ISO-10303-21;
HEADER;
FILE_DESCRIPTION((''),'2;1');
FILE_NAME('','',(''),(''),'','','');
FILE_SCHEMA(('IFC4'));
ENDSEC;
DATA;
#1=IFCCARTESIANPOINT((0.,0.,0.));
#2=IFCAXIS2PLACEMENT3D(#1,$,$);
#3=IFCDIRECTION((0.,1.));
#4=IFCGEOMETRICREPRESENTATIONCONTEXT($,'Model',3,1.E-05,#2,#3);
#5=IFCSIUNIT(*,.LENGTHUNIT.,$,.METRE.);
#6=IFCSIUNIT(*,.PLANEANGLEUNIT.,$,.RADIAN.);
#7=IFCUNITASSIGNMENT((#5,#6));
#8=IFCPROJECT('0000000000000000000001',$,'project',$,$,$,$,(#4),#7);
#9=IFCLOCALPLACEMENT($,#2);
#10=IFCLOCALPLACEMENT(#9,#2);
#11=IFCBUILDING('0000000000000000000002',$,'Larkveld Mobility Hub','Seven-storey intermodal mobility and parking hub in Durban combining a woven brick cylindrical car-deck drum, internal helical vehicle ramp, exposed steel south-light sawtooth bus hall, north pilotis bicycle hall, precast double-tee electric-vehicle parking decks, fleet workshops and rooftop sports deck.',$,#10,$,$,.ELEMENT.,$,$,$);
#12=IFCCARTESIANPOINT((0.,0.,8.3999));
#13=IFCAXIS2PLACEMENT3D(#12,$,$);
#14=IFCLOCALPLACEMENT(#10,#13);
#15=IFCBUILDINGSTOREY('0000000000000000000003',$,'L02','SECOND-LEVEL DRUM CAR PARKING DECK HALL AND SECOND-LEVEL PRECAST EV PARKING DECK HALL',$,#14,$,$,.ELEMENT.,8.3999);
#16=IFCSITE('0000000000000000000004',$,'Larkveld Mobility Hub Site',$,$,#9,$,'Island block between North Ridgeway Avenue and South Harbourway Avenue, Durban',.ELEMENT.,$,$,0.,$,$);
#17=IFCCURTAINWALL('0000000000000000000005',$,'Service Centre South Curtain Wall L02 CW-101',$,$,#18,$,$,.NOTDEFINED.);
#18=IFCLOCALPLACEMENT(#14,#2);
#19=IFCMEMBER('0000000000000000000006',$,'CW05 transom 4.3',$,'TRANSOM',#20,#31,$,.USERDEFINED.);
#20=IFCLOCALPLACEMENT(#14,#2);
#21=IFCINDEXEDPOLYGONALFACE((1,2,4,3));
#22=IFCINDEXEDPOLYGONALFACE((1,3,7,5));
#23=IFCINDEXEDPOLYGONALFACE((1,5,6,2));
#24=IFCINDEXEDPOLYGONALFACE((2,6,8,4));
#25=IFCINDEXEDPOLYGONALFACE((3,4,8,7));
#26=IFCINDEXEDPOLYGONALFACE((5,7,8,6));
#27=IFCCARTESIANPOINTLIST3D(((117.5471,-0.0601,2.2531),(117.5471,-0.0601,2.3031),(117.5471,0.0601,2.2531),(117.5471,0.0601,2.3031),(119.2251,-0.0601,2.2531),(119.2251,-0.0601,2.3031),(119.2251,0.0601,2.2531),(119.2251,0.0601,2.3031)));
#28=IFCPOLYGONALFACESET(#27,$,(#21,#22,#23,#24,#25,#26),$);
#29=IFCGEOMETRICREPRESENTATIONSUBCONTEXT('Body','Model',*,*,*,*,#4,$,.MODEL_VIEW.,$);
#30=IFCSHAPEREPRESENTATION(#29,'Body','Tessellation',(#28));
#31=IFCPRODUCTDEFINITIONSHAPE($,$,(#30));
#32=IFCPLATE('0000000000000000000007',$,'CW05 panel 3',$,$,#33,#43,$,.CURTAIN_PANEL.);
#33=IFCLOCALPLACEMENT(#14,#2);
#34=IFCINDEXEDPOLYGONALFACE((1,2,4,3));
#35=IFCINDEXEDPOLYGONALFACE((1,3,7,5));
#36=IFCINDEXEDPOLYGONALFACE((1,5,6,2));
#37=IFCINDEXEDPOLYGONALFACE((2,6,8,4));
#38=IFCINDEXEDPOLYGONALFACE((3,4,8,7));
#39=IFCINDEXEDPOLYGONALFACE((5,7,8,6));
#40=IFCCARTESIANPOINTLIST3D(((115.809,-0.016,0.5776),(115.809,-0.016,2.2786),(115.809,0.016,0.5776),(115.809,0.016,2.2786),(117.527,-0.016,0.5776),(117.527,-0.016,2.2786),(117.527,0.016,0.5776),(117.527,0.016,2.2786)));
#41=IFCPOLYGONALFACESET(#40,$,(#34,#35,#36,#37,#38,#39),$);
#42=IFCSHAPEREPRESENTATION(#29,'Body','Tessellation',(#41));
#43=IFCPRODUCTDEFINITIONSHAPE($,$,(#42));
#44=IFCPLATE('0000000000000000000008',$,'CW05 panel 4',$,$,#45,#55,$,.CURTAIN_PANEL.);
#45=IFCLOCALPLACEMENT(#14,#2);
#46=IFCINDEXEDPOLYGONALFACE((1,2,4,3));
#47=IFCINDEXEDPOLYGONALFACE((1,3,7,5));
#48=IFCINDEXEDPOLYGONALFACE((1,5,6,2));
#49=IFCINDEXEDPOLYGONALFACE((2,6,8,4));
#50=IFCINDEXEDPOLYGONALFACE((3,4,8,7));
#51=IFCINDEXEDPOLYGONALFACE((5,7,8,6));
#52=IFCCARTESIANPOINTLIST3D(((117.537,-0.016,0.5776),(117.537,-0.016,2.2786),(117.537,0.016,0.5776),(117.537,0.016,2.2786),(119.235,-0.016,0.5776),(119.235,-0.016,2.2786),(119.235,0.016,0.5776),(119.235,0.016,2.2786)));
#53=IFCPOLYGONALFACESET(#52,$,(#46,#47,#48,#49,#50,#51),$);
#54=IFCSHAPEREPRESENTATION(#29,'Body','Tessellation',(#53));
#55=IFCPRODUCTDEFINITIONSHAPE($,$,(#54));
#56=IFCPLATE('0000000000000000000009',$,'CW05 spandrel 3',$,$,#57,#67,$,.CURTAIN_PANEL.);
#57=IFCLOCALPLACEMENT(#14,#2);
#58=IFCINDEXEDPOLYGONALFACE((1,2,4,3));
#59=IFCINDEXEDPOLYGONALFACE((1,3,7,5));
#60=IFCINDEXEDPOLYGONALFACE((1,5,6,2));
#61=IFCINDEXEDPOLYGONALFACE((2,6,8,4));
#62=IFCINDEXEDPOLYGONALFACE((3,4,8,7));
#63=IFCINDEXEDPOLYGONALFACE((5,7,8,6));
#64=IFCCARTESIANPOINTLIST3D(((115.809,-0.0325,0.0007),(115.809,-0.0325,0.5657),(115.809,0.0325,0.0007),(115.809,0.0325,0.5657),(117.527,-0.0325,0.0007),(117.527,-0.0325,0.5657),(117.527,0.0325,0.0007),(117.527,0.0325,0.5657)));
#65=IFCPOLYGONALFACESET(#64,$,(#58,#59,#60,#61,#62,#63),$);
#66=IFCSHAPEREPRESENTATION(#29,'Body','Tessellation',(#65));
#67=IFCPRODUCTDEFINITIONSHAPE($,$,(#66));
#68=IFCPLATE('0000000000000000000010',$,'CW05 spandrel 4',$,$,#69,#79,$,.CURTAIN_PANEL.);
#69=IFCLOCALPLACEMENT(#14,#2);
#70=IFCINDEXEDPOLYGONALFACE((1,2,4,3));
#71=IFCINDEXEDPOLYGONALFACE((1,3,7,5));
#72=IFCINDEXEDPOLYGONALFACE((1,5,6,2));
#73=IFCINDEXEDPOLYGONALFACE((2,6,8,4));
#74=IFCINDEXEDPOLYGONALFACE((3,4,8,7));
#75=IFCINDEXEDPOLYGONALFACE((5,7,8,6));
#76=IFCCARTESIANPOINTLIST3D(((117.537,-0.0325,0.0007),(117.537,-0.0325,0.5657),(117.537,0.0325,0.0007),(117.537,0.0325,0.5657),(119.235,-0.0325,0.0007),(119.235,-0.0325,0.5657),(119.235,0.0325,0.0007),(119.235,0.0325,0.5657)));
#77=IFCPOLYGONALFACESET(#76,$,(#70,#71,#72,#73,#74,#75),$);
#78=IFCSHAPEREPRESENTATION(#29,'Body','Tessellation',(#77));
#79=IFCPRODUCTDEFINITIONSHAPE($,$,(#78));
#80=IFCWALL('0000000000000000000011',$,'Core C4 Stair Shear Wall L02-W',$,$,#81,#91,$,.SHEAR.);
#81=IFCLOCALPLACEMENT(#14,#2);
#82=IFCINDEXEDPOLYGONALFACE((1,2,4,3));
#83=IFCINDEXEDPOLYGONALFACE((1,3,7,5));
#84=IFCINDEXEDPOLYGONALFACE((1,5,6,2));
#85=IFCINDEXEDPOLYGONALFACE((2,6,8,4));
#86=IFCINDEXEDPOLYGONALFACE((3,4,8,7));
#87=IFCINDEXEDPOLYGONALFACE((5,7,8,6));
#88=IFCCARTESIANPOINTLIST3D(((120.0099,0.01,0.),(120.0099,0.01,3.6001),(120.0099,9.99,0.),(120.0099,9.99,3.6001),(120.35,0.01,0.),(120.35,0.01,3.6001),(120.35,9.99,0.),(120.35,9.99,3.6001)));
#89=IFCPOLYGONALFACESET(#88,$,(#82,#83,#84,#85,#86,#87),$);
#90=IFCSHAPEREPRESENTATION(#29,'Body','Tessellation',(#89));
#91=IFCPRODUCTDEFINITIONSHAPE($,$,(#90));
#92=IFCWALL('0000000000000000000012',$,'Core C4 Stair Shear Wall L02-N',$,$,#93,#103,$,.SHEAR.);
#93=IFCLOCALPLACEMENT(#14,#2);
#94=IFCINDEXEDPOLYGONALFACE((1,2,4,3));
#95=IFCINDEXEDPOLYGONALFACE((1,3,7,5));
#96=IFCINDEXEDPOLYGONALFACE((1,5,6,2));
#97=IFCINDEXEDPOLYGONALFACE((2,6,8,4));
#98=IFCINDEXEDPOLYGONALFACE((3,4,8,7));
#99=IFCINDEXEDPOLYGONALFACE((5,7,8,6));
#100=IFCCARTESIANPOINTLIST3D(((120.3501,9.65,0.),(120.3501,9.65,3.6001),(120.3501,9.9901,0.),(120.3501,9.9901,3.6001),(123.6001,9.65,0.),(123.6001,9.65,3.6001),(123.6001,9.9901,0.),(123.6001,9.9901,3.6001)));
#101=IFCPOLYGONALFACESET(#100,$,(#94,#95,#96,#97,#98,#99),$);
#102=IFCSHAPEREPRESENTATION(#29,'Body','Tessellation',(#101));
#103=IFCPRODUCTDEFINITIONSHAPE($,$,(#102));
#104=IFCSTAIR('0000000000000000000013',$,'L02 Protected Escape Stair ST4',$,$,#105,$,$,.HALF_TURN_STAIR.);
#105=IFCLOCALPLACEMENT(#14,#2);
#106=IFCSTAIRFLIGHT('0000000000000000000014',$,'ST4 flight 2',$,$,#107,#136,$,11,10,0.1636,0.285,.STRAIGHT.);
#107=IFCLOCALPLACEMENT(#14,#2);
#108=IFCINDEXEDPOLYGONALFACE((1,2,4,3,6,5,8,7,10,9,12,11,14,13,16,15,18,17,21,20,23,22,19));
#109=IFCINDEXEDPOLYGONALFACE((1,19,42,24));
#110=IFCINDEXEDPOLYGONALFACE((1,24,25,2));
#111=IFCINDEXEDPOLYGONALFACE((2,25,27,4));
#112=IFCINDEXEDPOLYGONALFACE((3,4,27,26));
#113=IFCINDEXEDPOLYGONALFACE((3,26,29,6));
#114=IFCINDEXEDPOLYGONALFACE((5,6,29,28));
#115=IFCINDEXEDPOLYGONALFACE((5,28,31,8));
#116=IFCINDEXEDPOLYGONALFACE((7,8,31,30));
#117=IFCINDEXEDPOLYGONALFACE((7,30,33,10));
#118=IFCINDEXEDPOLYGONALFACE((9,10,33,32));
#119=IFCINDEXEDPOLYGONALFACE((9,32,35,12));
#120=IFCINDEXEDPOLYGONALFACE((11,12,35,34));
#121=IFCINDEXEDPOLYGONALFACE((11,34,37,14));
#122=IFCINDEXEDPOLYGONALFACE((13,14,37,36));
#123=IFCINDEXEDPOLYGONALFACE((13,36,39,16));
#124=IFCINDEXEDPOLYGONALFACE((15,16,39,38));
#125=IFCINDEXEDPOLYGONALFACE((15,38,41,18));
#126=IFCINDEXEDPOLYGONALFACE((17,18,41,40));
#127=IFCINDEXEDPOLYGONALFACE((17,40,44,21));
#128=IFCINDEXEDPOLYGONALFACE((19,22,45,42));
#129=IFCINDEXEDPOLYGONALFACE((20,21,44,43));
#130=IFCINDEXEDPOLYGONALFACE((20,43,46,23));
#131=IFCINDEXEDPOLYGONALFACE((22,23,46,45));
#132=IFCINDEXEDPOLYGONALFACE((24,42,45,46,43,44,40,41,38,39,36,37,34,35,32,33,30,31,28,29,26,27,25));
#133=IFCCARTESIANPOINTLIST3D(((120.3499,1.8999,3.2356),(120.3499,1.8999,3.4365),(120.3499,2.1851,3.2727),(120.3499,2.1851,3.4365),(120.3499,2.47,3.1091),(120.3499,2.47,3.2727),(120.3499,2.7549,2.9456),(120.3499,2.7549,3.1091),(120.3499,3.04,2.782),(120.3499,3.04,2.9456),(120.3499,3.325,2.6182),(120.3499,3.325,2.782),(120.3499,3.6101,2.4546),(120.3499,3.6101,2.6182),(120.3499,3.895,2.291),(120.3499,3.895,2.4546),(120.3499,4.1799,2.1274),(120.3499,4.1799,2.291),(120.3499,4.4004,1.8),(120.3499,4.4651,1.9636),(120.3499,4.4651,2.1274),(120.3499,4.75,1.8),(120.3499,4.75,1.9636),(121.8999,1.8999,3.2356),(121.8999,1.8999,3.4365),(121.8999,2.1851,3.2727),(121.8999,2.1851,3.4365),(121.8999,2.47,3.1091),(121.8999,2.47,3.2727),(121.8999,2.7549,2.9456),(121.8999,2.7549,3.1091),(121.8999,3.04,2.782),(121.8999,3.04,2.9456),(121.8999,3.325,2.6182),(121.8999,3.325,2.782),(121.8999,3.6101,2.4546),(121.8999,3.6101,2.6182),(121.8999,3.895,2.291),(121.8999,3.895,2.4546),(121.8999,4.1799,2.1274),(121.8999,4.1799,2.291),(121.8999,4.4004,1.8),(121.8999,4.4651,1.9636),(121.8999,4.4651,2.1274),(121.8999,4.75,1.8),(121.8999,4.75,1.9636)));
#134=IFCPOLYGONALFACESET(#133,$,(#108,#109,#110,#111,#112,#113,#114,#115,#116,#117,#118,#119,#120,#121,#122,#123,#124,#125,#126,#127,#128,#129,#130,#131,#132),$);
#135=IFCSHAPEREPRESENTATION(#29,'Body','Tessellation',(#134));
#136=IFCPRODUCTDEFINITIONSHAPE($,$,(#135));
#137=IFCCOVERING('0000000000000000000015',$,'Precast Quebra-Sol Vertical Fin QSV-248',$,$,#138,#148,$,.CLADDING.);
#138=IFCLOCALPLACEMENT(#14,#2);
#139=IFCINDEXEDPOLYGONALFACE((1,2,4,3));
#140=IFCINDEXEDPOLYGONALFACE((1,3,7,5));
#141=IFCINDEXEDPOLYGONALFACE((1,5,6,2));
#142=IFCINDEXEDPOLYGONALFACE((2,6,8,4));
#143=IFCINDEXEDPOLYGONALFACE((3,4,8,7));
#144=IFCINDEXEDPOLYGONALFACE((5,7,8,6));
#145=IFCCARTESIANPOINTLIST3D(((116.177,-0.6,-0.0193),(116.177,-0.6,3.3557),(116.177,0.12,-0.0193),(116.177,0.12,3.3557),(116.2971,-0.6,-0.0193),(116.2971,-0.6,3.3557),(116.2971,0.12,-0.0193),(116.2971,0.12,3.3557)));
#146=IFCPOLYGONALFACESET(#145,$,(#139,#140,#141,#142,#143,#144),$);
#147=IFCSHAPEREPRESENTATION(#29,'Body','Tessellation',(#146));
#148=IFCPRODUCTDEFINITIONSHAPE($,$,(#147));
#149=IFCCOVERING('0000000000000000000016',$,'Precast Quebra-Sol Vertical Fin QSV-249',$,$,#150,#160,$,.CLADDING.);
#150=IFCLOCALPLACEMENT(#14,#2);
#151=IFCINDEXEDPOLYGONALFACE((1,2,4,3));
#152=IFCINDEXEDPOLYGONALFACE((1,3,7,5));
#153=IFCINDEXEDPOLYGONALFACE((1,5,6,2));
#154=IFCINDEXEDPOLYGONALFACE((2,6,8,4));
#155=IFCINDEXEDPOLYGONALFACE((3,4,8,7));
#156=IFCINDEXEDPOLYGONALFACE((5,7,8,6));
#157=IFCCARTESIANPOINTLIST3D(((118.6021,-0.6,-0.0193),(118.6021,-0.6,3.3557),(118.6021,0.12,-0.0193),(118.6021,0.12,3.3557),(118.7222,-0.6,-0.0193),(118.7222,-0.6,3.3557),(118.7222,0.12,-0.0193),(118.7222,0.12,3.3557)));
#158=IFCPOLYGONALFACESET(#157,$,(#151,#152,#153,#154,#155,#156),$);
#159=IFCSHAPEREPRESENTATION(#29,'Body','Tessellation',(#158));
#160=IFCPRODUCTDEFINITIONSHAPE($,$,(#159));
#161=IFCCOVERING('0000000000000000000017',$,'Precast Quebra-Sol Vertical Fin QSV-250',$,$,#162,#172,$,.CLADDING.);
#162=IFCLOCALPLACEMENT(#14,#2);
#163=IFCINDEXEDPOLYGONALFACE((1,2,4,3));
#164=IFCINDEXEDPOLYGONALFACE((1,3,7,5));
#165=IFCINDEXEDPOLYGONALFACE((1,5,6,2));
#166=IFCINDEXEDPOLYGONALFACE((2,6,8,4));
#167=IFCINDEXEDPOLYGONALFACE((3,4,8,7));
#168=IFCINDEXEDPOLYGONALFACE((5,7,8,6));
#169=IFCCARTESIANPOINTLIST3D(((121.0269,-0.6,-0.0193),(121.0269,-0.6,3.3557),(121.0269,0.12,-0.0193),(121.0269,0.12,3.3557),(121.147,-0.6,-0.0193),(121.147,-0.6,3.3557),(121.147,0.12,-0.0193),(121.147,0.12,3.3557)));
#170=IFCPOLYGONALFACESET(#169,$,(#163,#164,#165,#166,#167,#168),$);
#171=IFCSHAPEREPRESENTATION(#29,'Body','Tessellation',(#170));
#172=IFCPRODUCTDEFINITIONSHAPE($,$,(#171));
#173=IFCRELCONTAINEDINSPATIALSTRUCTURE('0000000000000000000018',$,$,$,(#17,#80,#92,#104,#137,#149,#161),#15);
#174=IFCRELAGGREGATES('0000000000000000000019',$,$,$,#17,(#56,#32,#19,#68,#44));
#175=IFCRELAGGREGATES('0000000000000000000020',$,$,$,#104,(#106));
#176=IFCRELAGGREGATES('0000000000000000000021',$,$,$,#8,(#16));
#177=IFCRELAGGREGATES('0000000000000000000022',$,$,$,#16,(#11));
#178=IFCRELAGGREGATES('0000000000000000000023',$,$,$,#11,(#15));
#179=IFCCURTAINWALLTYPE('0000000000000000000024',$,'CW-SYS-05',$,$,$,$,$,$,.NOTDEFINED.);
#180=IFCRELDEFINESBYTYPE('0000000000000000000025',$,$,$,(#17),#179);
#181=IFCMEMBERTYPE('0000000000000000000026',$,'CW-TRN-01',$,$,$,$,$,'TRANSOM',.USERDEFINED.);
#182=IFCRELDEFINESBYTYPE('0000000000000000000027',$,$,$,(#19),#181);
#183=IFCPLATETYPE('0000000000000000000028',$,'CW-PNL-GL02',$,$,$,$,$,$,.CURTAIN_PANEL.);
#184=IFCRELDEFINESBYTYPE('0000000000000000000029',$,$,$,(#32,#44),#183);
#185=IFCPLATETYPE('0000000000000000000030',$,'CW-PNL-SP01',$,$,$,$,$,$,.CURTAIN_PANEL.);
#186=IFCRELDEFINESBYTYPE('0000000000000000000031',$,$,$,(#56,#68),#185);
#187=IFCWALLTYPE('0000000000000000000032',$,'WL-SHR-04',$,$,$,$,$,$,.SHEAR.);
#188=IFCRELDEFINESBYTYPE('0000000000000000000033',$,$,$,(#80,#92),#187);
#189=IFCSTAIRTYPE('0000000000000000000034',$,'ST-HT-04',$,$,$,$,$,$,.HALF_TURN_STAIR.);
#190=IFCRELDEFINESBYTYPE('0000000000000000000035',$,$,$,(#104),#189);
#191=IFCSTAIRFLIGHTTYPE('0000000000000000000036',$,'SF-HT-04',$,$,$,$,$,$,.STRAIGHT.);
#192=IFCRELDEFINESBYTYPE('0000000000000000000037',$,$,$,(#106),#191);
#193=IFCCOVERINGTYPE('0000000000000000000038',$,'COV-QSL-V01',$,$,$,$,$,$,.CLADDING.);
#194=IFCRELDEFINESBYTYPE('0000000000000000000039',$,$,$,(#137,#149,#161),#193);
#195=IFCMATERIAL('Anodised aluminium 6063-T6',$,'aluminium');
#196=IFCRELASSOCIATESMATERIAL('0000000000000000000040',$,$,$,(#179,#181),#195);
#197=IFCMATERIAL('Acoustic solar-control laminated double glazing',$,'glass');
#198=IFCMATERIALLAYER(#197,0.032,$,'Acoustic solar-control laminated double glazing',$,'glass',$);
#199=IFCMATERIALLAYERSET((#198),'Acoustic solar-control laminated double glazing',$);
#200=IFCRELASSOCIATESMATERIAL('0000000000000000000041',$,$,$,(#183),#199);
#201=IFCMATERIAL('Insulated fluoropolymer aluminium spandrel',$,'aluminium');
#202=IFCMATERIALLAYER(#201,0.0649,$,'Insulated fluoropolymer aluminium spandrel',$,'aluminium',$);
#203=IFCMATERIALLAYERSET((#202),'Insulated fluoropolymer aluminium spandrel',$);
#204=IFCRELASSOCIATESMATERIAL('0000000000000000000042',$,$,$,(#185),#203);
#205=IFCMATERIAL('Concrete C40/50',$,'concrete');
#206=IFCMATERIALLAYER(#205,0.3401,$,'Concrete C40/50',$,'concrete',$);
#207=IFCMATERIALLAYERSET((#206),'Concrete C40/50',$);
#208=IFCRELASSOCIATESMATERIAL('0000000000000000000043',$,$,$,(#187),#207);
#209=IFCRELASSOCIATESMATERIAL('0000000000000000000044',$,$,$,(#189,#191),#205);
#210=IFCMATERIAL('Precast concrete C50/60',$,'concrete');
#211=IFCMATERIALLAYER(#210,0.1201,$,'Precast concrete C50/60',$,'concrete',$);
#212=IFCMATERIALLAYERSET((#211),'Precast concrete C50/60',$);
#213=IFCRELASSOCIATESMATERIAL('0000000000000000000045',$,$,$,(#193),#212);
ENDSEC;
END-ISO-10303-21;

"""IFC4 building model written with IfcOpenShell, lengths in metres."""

from ifc_helpers import new_model, si_unit, direction, frame, frame_2d, origin, origin_2d, place, context, subcontext, project, spatial, polyline, rectangle, outline, extrude, material, layer, layer_set, material_profile, profile_set, type_object, element, aggregate, save


model = new_model("IFC4")

# Units and contexts
model_context = context("Model", 3, precision=1e-05, world=origin(), true_north=direction((0.0, 1.0)))
body_context = subcontext(model_context, "Body", "Model", "MODEL_VIEW")
ifc_project = project(units=[si_unit("LENGTHUNIT", "METRE"), si_unit("PLANEANGLEUNIT", "RADIAN")], contexts=[model_context])

# Site, building, storey
site_placement = place(None, origin())
site = spatial("IfcSite", under=ifc_project, at=site_placement, Name="Larkveld Mobility Hub Site", LongName="Island block between North Ridgeway Avenue and South Harbourway Avenue, Durban", CompositionType="ELEMENT", RefElevation=0.0)
building_placement = place(site_placement, origin())
building = spatial("IfcBuilding", under=site, at=building_placement, Name="Larkveld Mobility Hub", Description="Seven-storey intermodal mobility and parking hub in Durban combining a woven brick cylindrical car-deck drum, internal helical vehicle ramp, exposed steel south-light sawtooth bus hall, north pilotis bicycle hall, precast double-tee electric-vehicle parking decks, fleet workshops and rooftop sports deck.", CompositionType="ELEMENT")
storey_placement = place(building_placement, frame((0.0, 0.0, 8.3999)))
storey = spatial("IfcBuildingStorey", under=building, at=storey_placement, Name="L02", Description="SECOND-LEVEL DRUM CAR PARKING DECK HALL AND SECOND-LEVEL PRECAST EV PARKING DECK HALL", CompositionType="ELEMENT", Elevation=8.3999)

# Shared definitions
ifc_material_1 = material(Name="Concrete C40/50", Category="concrete")

# Shared definitions
ifc_material_2 = material(Name="Precast concrete C50/60", Category="concrete")

# Curtain wall, member, plates
ifc_material_3 = material(Name="Anodised aluminium 6063-T6", Category="aluminium")
curtain_wall_type = type_object("IfcCurtainWallType", Name="CW-SYS-05", PredefinedType="NOTDEFINED", material=ifc_material_3)
curtain_wall_placement = place(storey_placement, origin())
curtain_wall = element("IfcCurtainWall", 1, at=curtain_wall_placement, inside=storey, type_object=curtain_wall_type, Name="Service Centre South Curtain Wall L02 CW-101", PredefinedType="NOTDEFINED")
ifc_material_profile_1 = material_profile(ifc_material_3, rectangle(XDim=0.1201, YDim=0.05, at=origin_2d()), Name="ALU TRAN 50x120")
ifc_profile_set_1 = profile_set([ifc_material_profile_1], Name="Anodised aluminium 6063-T6")
member_type_1 = type_object("IfcMemberType", Name="CW-TRN-01", ElementType="TRANSOM", PredefinedType="USERDEFINED", material=ifc_profile_set_1)
member_1_placement = place(storey_placement, frame((117.5471, 0.0, 2.2781), z_axis=(1.0, 0.0, 0.0), x_axis=(0.0, 1.0, 0.0)))
member_1 = element("IfcMember", 2, at=member_1_placement, type_object=member_type_1, Name="CW05 transom 4.3", ObjectType="TRANSOM", PredefinedType="USERDEFINED", context=body_context, shape_type="SweptSolid", body=[
    extrude(rectangle(XDim=0.1201, YDim=0.05, at=origin_2d()), origin(), (0.0, 0.0, 1.0), 1.678),
])
ifc_material_4 = material(Name="Acoustic solar-control laminated double glazing", Category="glass")
ifc_layer_1 = layer(ifc_material_4, 0.032, Name="Acoustic solar-control laminated double glazing", Category="glass")
ifc_layer_set_1 = layer_set([ifc_layer_1], Name="Acoustic solar-control laminated double glazing")
plate_type_1 = type_object("IfcPlateType", Name="CW-PNL-GL02", PredefinedType="CURTAIN_PANEL", material=ifc_layer_set_1)
plate_1_placement = place(storey_placement, frame((116.668, 0.0, 0.5776), z_axis=(0.0, 0.0, 1.0), x_axis=(1.0, 0.0, 0.0)))
plate_1 = element("IfcPlate", 3, at=plate_1_placement, type_object=plate_type_1, Name="CW05 panel 3", PredefinedType="CURTAIN_PANEL", context=body_context, shape_type="SweptSolid", body=[
    extrude(rectangle(XDim=1.718, YDim=0.032, at=origin_2d()), origin(), (0.0, 0.0, 1.0), 1.7009),
])
plate_2_placement = place(storey_placement, frame((118.386, 0.0, 0.5776), z_axis=(0.0, 0.0, 1.0), x_axis=(1.0, 0.0, 0.0)))
plate_2 = element("IfcPlate", 4, at=plate_2_placement, type_object=plate_type_1, Name="CW05 panel 4", PredefinedType="CURTAIN_PANEL", context=body_context, shape_type="SweptSolid", body=[
    extrude(rectangle(XDim=1.698, YDim=0.032, at=origin_2d()), origin(), (0.0, 0.0, 1.0), 1.7009),
])
ifc_material_5 = material(Name="Insulated fluoropolymer aluminium spandrel", Category="aluminium")
ifc_layer_2 = layer(ifc_material_5, 0.0649, Name="Insulated fluoropolymer aluminium spandrel", Category="aluminium")
ifc_layer_set_2 = layer_set([ifc_layer_2], Name="Insulated fluoropolymer aluminium spandrel")
plate_type_2 = type_object("IfcPlateType", Name="CW-PNL-SP01", PredefinedType="CURTAIN_PANEL", material=ifc_layer_set_2)
plate_3_placement = place(storey_placement, frame((116.668, 0.0, 0.0007), z_axis=(0.0, 0.0, 1.0), x_axis=(1.0, 0.0, 0.0)))
plate_3 = element("IfcPlate", 5, at=plate_3_placement, type_object=plate_type_2, Name="CW05 spandrel 3", PredefinedType="CURTAIN_PANEL", context=body_context, shape_type="SweptSolid", body=[
    extrude(rectangle(XDim=1.718, YDim=0.0649, at=origin_2d()), origin(), (0.0, 0.0, 1.0), 0.5649),
])
plate_4_placement = place(storey_placement, frame((118.386, 0.0, 0.0007), z_axis=(0.0, 0.0, 1.0), x_axis=(1.0, 0.0, 0.0)))
plate_4 = element("IfcPlate", 6, at=plate_4_placement, type_object=plate_type_2, Name="CW05 spandrel 4", PredefinedType="CURTAIN_PANEL", context=body_context, shape_type="SweptSolid", body=[
    extrude(rectangle(XDim=1.698, YDim=0.0649, at=origin_2d()), origin(), (0.0, 0.0, 1.0), 0.5649),
])
aggregate(curtain_wall, [plate_3, plate_1, member_1, plate_4, plate_2])

# Walls
ifc_layer_3 = layer(ifc_material_1, 0.3401, Name="Concrete C40/50", Category="concrete")
ifc_layer_set_3 = layer_set([ifc_layer_3], Name="Concrete C40/50")
wall_type = type_object("IfcWallType", Name="WL-SHR-04", PredefinedType="SHEAR", material=ifc_layer_set_3)
wall_1_placement = place(storey_placement, frame((120.1799, 0.01, 0.0), z_axis=(0.0, 0.0, 1.0), x_axis=(0.0, 1.0, 0.0)))
element("IfcWall", 7, at=wall_1_placement, inside=storey, type_object=wall_type, Name="Core C4 Stair Shear Wall L02-W", PredefinedType="SHEAR", context=body_context, shape_type="SweptSolid", body=[
    extrude(rectangle(XDim=9.98, YDim=0.3401, at=frame_2d((4.99, 0.0))), origin(), (0.0, 0.0, 1.0), 3.6001),
])
wall_2_placement = place(storey_placement, frame((120.3501, 9.8201, 0.0), z_axis=(0.0, 0.0, 1.0), x_axis=(1.0, 0.0, 0.0)))
element("IfcWall", 8, at=wall_2_placement, inside=storey, type_object=wall_type, Name="Core C4 Stair Shear Wall L02-N", PredefinedType="SHEAR", context=body_context, shape_type="SweptSolid", body=[
    extrude(rectangle(XDim=3.25, YDim=0.3401, at=frame_2d((1.625, 0.0))), origin(), (0.0, 0.0, 1.0), 3.6001),
])

# Stair, stair flight
stair_type = type_object("IfcStairType", Name="ST-HT-04", PredefinedType="HALF_TURN_STAIR", material=ifc_material_1)
stair_placement = place(storey_placement, origin())
stair = element("IfcStair", 9, at=stair_placement, inside=storey, type_object=stair_type, Name="L02 Protected Escape Stair ST4", PredefinedType="HALF_TURN_STAIR")
stair_flight_type = type_object("IfcStairFlightType", Name="SF-HT-04", PredefinedType="STRAIGHT", material=ifc_material_1)
stair_flight_placement = place(storey_placement, frame((121.125, 4.75, 1.8), z_axis=(0.0, 0.0, 1.0), x_axis=(0.0, -1.0, 0.0)))
stair_flight = element("IfcStairFlight", 10, at=stair_flight_placement, type_object=stair_flight_type, Name="ST4 flight 2", NumberOfRisers=11, NumberOfTreads=10, PredefinedType="STRAIGHT", RiserHeight=0.1636, TreadLength=0.285, context=body_context, shape_type="SweptSolid", body=[
    extrude(outline(polyline([(0.0, 0.0), (0.0, 0.1636), (0.2849, 0.1636), (0.2849, 0.3274), (0.5701, 0.3274), (0.5701, 0.491), (0.855, 0.491), (0.855, 0.6545), (1.1399, 0.6545), (1.1399, 0.8181), (1.425, 0.8181), (1.425, 0.9819), (1.71, 0.9819), (1.71, 1.1455), (1.9951, 1.1455), (1.9951, 1.3091), (2.28, 1.3091), (2.28, 1.4727), (2.5649, 1.4727), (2.5649, 1.6365), (2.8501, 1.6365), (2.8501, 1.8), (2.8501, 1.4355), (0.3496, 0.0), (0.0, 0.0)])), frame((0.0, 0.7749, 0.0), z_axis=(0.0, -1.0, 0.0), x_axis=(1.0, 0.0, 0.0)), (0.0, 0.0, 1.0), 1.55),
])
aggregate(stair, [stair_flight])

# Coverings
ifc_layer_4 = layer(ifc_material_2, 0.1201, Name="Precast concrete C50/60", Category="concrete")
ifc_layer_set_4 = layer_set([ifc_layer_4], Name="Precast concrete C50/60")
covering_type = type_object("IfcCoveringType", Name="COV-QSL-V01", PredefinedType="CLADDING", material=ifc_layer_set_4)
for number, where, z_axis, x_axis, name in (
    (11, (116.2371, -0.24, -0.0193), (0.0, 0.0, 1.0), (1.0, 0.0, 0.0), "Precast Quebra-Sol Vertical Fin QSV-248"),
    (12, (118.6621, -0.24, -0.0193), (0.0, 0.0, 1.0), (1.0, 0.0, 0.0), "Precast Quebra-Sol Vertical Fin QSV-249"),
    (13, (121.0869, -0.24, -0.0193), (0.0, 0.0, 1.0), (1.0, 0.0, 0.0), "Precast Quebra-Sol Vertical Fin QSV-250"),
):
    element("IfcCovering", number, at=place(storey_placement, frame(where, z_axis=z_axis, x_axis=x_axis)), inside=storey, type_object=covering_type, Name=name, PredefinedType="CLADDING", context=body_context, shape_type="SweptSolid", body=[
        extrude(rectangle(XDim=0.1201, YDim=0.72, at=origin_2d()), origin(), (0.0, 0.0, 1.0), 3.375),
    ])

save(model, "model.ifc")
